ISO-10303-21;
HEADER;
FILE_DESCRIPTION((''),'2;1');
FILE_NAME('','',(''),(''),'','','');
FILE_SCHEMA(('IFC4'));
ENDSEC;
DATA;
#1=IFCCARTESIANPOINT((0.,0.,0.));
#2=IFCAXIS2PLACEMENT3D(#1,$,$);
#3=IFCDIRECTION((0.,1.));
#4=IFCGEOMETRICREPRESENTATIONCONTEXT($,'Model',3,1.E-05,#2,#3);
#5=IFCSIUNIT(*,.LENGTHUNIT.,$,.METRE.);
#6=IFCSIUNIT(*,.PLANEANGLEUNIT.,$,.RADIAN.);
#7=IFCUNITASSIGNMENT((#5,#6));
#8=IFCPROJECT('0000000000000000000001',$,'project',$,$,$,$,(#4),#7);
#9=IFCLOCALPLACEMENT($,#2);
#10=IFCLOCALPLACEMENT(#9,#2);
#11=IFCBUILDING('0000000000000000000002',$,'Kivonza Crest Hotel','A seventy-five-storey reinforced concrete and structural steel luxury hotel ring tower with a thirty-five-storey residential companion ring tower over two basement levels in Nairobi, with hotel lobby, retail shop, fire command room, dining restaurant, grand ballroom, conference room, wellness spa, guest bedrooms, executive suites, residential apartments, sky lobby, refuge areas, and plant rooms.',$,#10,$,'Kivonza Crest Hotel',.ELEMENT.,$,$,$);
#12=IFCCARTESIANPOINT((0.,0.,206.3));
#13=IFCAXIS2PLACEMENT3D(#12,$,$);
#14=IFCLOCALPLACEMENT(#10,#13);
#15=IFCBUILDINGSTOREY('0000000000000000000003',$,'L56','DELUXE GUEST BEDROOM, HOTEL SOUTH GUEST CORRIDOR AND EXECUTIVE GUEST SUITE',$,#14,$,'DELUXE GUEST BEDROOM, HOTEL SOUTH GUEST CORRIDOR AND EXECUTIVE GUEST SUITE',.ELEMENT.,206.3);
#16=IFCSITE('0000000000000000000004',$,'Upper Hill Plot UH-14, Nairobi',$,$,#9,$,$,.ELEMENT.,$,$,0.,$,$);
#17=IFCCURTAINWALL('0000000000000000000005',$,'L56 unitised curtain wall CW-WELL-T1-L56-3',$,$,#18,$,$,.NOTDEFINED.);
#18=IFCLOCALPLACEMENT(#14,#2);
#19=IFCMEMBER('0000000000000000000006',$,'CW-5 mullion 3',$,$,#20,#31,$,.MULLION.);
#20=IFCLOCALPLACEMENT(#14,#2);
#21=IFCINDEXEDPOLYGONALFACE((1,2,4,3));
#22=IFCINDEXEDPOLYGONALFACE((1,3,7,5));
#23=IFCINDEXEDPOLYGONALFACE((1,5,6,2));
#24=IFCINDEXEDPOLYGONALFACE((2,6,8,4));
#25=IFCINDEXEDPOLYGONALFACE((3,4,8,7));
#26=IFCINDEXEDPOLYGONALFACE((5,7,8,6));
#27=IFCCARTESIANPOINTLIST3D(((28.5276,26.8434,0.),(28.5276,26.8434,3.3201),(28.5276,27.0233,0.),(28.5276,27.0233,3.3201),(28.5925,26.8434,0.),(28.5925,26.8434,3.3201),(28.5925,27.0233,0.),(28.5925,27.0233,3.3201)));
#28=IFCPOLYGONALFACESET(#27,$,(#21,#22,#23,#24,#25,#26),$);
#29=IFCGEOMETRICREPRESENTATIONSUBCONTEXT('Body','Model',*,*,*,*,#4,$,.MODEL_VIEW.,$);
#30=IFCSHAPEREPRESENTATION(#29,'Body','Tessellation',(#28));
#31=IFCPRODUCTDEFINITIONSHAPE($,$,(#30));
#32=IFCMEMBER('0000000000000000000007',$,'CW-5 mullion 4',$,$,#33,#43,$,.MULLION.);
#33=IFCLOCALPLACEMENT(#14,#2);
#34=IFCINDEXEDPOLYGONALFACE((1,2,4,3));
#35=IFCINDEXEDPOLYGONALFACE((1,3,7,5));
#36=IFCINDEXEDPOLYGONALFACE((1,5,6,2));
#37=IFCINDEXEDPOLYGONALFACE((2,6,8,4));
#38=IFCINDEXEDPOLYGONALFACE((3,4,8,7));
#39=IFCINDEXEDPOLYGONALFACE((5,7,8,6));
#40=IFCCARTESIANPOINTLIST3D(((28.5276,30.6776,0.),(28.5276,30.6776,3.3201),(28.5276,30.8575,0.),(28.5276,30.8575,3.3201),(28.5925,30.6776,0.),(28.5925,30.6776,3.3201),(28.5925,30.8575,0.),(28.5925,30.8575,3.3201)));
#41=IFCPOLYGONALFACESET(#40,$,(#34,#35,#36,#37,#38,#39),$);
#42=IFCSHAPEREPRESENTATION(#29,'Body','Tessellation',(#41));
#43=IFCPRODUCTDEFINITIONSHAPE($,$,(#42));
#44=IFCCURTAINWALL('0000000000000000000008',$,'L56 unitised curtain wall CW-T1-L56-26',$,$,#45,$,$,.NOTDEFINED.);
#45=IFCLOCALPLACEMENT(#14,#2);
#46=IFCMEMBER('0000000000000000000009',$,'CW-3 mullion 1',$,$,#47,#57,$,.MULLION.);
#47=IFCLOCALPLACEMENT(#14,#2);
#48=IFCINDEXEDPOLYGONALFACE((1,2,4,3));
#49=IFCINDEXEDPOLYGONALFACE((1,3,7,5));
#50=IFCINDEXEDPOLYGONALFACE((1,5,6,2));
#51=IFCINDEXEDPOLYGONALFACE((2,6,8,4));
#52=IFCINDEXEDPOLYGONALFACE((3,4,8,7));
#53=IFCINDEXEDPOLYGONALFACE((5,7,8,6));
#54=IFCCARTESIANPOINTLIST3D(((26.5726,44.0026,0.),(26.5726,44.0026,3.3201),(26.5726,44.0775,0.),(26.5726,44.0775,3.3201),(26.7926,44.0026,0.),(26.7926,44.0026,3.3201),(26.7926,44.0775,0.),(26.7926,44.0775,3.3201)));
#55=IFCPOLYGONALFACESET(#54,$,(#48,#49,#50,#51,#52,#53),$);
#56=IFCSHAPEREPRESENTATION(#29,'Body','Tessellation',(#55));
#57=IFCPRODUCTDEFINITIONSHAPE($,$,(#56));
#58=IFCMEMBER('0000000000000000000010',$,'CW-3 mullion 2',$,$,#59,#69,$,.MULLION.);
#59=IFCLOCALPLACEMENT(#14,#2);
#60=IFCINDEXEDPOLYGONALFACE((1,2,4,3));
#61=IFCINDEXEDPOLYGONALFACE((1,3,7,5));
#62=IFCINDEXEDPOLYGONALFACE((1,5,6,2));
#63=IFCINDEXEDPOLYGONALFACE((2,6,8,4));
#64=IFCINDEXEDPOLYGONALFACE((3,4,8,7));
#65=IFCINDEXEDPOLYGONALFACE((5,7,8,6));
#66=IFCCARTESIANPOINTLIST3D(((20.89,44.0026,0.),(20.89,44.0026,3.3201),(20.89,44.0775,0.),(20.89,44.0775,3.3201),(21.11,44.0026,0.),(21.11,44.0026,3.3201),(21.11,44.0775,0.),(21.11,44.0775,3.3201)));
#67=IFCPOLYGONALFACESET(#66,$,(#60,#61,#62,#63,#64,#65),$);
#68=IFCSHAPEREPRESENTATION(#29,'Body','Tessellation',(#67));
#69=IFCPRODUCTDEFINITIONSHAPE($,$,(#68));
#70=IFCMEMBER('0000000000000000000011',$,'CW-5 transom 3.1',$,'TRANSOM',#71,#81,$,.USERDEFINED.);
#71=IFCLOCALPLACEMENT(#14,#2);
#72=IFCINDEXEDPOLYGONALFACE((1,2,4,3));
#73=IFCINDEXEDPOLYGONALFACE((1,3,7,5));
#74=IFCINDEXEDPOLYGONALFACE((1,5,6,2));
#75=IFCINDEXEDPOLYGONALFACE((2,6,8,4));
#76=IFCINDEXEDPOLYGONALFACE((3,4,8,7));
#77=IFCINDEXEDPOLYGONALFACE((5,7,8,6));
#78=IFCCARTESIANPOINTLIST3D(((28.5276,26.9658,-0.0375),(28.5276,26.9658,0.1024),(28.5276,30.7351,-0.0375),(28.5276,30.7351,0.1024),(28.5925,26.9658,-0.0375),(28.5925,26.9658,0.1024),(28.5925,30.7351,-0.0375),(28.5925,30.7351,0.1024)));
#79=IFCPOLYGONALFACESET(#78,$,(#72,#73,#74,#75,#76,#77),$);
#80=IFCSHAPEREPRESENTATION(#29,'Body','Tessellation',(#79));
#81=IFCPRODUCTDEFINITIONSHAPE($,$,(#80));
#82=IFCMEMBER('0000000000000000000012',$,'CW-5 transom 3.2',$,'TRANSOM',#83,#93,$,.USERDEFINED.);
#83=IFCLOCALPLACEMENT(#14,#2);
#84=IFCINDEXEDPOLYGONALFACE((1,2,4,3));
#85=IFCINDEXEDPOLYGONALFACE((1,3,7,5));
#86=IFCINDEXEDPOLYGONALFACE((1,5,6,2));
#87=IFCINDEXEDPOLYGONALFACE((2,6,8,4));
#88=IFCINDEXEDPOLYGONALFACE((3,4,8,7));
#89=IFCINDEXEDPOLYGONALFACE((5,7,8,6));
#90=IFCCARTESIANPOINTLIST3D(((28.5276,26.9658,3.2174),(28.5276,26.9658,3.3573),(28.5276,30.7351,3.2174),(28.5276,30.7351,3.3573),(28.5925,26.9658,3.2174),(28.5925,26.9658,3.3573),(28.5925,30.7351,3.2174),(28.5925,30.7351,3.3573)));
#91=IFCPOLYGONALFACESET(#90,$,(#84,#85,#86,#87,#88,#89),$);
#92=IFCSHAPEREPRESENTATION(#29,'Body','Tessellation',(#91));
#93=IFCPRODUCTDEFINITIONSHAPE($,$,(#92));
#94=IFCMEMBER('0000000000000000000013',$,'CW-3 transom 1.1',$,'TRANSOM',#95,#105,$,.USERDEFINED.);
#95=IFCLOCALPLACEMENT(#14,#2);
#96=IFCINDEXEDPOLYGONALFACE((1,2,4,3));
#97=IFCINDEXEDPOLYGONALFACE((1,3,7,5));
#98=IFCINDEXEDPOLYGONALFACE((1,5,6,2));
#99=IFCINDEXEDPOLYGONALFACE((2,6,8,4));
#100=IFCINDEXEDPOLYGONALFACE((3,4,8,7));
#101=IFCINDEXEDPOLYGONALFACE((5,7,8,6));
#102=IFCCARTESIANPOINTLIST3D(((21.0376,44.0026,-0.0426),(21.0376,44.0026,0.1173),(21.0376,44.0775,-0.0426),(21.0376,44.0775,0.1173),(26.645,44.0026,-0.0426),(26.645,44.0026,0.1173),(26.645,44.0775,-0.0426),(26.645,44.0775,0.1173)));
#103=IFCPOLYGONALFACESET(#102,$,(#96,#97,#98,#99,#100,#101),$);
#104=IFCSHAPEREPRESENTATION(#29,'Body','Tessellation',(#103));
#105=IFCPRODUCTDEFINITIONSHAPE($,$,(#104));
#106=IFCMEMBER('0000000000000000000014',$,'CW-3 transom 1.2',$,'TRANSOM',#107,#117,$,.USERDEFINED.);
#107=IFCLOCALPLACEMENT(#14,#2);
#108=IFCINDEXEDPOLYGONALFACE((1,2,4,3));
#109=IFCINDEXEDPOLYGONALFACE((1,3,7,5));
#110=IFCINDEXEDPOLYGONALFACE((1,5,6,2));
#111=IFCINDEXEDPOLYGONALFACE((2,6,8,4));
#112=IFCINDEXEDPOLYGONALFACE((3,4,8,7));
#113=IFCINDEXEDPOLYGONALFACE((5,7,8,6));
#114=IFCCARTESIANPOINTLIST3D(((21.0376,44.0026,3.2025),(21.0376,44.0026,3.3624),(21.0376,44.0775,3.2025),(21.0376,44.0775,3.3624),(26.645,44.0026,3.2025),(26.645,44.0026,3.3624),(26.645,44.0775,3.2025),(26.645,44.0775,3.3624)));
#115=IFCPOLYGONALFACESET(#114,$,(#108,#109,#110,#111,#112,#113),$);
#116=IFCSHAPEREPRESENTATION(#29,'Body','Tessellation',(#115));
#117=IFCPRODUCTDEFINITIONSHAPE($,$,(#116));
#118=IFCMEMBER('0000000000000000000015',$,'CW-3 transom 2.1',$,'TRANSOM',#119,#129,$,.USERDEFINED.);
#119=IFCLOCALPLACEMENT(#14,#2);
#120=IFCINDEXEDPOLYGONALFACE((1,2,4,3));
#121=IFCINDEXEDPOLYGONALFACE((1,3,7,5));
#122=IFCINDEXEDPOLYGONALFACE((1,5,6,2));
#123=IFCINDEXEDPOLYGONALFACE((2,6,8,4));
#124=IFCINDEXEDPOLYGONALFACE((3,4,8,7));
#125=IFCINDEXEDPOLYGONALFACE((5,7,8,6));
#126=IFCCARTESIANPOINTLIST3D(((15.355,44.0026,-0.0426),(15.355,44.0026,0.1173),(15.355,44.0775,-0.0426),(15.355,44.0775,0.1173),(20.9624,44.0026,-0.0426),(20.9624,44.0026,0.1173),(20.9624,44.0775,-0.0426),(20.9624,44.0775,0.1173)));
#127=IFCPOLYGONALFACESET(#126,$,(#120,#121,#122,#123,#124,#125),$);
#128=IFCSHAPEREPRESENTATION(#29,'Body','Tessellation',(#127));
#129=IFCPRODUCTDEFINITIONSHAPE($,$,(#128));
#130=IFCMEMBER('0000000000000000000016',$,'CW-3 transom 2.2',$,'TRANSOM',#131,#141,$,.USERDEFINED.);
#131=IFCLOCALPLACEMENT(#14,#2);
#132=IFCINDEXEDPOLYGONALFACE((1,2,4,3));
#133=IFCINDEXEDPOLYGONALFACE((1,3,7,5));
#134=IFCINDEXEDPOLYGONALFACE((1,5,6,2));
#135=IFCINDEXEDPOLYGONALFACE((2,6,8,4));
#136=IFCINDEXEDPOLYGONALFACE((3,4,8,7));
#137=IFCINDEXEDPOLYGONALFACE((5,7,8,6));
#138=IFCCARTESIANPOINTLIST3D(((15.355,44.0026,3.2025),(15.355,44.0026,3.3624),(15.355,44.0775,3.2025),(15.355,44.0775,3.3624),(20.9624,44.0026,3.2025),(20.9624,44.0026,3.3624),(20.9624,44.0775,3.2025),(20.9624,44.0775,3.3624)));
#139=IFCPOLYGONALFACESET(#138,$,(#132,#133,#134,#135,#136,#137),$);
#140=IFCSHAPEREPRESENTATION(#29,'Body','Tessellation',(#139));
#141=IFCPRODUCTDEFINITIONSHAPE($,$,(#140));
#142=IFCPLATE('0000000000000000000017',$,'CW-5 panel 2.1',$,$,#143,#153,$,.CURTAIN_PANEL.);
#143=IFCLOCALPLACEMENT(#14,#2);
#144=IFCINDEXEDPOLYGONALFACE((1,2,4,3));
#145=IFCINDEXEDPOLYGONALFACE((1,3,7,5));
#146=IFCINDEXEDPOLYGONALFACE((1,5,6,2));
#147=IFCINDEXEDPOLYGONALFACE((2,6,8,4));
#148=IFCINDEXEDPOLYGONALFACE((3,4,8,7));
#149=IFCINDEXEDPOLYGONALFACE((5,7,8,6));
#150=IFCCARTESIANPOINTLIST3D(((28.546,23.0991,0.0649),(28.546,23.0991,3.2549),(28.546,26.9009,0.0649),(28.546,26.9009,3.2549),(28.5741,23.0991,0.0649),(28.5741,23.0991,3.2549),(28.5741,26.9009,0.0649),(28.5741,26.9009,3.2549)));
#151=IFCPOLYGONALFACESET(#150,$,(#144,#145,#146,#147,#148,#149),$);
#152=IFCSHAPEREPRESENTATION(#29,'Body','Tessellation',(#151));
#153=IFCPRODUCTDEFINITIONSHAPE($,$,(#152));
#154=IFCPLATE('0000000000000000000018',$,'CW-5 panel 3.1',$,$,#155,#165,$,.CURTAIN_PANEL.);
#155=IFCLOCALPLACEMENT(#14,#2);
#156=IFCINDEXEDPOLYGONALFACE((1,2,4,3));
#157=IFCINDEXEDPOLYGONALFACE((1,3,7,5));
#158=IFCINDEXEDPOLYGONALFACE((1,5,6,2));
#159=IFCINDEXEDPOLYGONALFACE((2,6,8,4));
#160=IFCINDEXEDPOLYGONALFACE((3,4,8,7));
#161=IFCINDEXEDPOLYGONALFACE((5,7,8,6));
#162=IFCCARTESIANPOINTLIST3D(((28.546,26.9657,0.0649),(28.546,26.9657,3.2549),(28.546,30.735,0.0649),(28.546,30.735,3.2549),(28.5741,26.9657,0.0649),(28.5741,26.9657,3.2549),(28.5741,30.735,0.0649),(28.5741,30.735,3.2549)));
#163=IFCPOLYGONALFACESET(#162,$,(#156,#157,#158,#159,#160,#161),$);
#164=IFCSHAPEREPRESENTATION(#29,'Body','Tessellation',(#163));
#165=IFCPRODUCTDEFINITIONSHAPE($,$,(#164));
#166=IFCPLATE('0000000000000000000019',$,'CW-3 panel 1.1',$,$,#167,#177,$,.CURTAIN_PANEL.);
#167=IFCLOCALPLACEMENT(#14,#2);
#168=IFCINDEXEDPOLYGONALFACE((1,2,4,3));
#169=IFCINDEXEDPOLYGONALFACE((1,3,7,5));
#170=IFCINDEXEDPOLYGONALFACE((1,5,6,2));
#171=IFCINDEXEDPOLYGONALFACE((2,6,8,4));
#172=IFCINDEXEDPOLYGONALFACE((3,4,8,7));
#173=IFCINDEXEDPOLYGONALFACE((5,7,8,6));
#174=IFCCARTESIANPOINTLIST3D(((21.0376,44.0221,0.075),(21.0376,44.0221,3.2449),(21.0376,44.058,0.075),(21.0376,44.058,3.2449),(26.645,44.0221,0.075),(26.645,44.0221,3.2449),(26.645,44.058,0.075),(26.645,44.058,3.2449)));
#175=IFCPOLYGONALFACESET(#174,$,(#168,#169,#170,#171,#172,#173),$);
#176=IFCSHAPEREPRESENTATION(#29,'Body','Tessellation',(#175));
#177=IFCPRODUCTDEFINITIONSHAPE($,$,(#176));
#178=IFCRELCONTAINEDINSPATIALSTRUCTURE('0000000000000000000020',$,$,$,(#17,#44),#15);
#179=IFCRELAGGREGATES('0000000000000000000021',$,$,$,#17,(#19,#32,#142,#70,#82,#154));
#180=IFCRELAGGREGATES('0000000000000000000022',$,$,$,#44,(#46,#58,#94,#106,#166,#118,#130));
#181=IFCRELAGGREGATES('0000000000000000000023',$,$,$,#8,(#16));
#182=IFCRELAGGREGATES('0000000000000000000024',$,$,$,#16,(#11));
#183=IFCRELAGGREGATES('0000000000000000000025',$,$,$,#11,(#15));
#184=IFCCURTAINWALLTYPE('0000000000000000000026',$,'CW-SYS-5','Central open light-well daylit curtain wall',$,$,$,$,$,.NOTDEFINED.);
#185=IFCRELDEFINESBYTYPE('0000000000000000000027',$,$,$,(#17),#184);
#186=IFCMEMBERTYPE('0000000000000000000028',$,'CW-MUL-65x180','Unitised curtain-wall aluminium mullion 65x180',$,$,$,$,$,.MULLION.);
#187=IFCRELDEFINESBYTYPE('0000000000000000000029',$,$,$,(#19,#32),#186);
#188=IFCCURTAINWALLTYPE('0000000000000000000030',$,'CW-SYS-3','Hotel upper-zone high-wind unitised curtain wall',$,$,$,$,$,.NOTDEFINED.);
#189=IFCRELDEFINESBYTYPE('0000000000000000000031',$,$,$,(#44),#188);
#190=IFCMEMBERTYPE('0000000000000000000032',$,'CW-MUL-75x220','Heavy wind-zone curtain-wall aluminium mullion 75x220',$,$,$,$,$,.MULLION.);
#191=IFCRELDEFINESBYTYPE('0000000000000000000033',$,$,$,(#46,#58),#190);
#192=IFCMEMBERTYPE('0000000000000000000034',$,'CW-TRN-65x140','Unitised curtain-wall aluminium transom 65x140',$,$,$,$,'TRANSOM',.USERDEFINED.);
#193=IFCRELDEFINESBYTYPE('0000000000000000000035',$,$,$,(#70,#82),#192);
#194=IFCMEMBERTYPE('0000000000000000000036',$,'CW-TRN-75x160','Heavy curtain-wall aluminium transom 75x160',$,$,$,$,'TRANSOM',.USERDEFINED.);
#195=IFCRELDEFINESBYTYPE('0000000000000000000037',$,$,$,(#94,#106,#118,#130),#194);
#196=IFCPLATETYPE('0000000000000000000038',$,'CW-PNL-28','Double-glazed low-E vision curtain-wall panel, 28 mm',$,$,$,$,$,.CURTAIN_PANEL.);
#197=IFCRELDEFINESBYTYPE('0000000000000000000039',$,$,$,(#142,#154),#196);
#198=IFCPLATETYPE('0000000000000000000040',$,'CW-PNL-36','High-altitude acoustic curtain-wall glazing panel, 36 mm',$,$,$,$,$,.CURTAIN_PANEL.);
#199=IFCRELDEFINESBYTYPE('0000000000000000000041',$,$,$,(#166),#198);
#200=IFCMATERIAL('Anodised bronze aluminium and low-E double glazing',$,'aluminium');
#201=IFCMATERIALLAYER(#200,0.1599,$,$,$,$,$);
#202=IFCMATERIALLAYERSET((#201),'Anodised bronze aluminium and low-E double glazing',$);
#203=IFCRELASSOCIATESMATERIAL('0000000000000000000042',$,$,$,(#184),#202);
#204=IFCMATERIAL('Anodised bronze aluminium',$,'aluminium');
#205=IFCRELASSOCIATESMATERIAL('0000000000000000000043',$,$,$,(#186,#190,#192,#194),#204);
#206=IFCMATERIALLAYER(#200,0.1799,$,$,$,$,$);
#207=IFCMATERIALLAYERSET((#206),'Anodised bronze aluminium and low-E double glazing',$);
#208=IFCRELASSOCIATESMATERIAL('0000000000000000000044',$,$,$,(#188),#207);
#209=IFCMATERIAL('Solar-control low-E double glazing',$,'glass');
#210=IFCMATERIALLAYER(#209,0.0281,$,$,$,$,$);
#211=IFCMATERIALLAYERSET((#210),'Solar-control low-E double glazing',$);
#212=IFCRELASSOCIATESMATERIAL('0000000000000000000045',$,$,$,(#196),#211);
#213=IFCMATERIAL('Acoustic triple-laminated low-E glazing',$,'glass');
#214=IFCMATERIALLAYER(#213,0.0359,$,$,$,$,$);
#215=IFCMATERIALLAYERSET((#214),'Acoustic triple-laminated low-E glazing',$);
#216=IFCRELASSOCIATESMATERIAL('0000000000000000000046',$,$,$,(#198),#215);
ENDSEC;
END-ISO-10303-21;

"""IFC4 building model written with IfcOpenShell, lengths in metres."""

from ifc_helpers import new_model, si_unit, direction, frame, origin, origin_2d, place, context, subcontext, project, spatial, rectangle, extrude, material, layer, layer_set, material_profile, profile_set, type_object, element, aggregate, save


model = new_model("IFC4")

# Units and contexts
model_context = context("Model", 3, precision=1e-05, world=origin(), true_north=direction((0.0, 1.0)))
body_context = subcontext(model_context, "Body", "Model", "MODEL_VIEW")
ifc_project = project(units=[si_unit("LENGTHUNIT", "METRE"), si_unit("PLANEANGLEUNIT", "RADIAN")], contexts=[model_context])

# Site, building, storey
site_placement = place(None, origin())
site = spatial("IfcSite", under=ifc_project, at=site_placement, Name="Upper Hill Plot UH-14, Nairobi", CompositionType="ELEMENT", RefElevation=0.0)
building_placement = place(site_placement, origin())
building = spatial("IfcBuilding", under=site, at=building_placement, Name="Kivonza Crest Hotel", Description="A seventy-five-storey reinforced concrete and structural steel luxury hotel ring tower with a thirty-five-storey residential companion ring tower over two basement levels in Nairobi, with hotel lobby, retail shop, fire command room, dining restaurant, grand ballroom, conference room, wellness spa, guest bedrooms, executive suites, residential apartments, sky lobby, refuge areas, and plant rooms.", LongName="Kivonza Crest Hotel", CompositionType="ELEMENT")
storey_placement = place(building_placement, frame((0.0, 0.0, 206.3)))
storey = spatial("IfcBuildingStorey", under=building, at=storey_placement, Name="L56", Description="DELUXE GUEST BEDROOM, HOTEL SOUTH GUEST CORRIDOR AND EXECUTIVE GUEST SUITE", LongName="DELUXE GUEST BEDROOM, HOTEL SOUTH GUEST CORRIDOR AND EXECUTIVE GUEST SUITE", CompositionType="ELEMENT", Elevation=206.3)

# Curtain walls, members
ifc_material_1 = material(Name="Anodised bronze aluminium and low-E double glazing", Category="aluminium")
ifc_layer_1 = layer(ifc_material_1, 0.1599)
ifc_layer_set_1 = layer_set([ifc_layer_1], Name="Anodised bronze aluminium and low-E double glazing")
curtain_wall_type_1 = type_object("IfcCurtainWallType", Name="CW-SYS-5", Description="Central open light-well daylit curtain wall", PredefinedType="NOTDEFINED", material=ifc_layer_set_1)
curtain_wall_1_placement = place(storey_placement, origin())
curtain_wall_1 = element("IfcCurtainWall", 1, at=curtain_wall_1_placement, inside=storey, type_object=curtain_wall_type_1, Name="L56 unitised curtain wall CW-WELL-T1-L56-3", PredefinedType="NOTDEFINED")
ifc_material_2 = material(Name="Anodised bronze aluminium", Category="aluminium")
ifc_material_profile_1 = material_profile(ifc_material_2, rectangle(XDim=0.0649, YDim=0.1799, at=origin_2d()), Name="CW-M 65x180")
ifc_profile_set_1 = profile_set([ifc_material_profile_1], Name="Anodised bronze aluminium")
member_type_1 = type_object("IfcMemberType", Name="CW-MUL-65x180", Description="Unitised curtain-wall aluminium mullion 65x180", PredefinedType="MULLION", material=ifc_profile_set_1)
member_1_placement = place(storey_placement, frame((28.5601, 26.9333, 0.0), z_axis=(0.0, 0.0, 1.0), x_axis=(-1.0, 0.0, 0.0)))
member_1 = element("IfcMember", 2, at=member_1_placement, type_object=member_type_1, Name="CW-5 mullion 3", PredefinedType="MULLION", context=body_context, shape_type="SweptSolid", body=[
    extrude(rectangle(XDim=0.0649, YDim=0.1799, at=origin_2d()), origin(), (0.0, 0.0, 1.0), 3.3201),
])
member_2_placement = place(storey_placement, frame((28.5601, 30.7676, 0.0), z_axis=(0.0, 0.0, 1.0), x_axis=(-1.0, 0.0, 0.0)))
member_2 = element("IfcMember", 3, at=member_2_placement, type_object=member_type_1, Name="CW-5 mullion 4", PredefinedType="MULLION", context=body_context, shape_type="SweptSolid", body=[
    extrude(rectangle(XDim=0.0649, YDim=0.1799, at=origin_2d()), origin(), (0.0, 0.0, 1.0), 3.3201),
])
ifc_layer_2 = layer(ifc_material_1, 0.1799)
ifc_layer_set_2 = layer_set([ifc_layer_2], Name="Anodised bronze aluminium and low-E double glazing")
curtain_wall_type_2 = type_object("IfcCurtainWallType", Name="CW-SYS-3", Description="Hotel upper-zone high-wind unitised curtain wall", PredefinedType="NOTDEFINED", material=ifc_layer_set_2)
curtain_wall_2_placement = place(storey_placement, origin())
curtain_wall_2 = element("IfcCurtainWall", 4, at=curtain_wall_2_placement, inside=storey, type_object=curtain_wall_type_2, Name="L56 unitised curtain wall CW-T1-L56-26", PredefinedType="NOTDEFINED")
ifc_material_profile_2 = material_profile(ifc_material_2, rectangle(XDim=0.075, YDim=0.22, at=origin_2d()), Name="CW-M 75x220")
ifc_profile_set_2 = profile_set([ifc_material_profile_2], Name="Anodised bronze aluminium")
member_type_2 = type_object("IfcMemberType", Name="CW-MUL-75x220", Description="Heavy wind-zone curtain-wall aluminium mullion 75x220", PredefinedType="MULLION", material=ifc_profile_set_2)
member_3_placement = place(storey_placement, frame((26.6826, 44.04, 0.0), z_axis=(0.0, 0.0, 1.0), x_axis=(0.0, -1.0, 0.0)))
member_3 = element("IfcMember", 5, at=member_3_placement, type_object=member_type_2, Name="CW-3 mullion 1", PredefinedType="MULLION", context=body_context, shape_type="SweptSolid", body=[
    extrude(rectangle(XDim=0.075, YDim=0.22, at=origin_2d()), origin(), (0.0, 0.0, 1.0), 3.3201),
])
member_4_placement = place(storey_placement, frame((21.0, 44.04, 0.0), z_axis=(0.0, 0.0, 1.0), x_axis=(0.0, -1.0, 0.0)))
member_4 = element("IfcMember", 6, at=member_4_placement, type_object=member_type_2, Name="CW-3 mullion 2", PredefinedType="MULLION", context=body_context, shape_type="SweptSolid", body=[
    extrude(rectangle(XDim=0.075, YDim=0.22, at=origin_2d()), origin(), (0.0, 0.0, 1.0), 3.3201),
])

# Members
ifc_material_profile_3 = material_profile(ifc_material_2, rectangle(XDim=0.0649, YDim=0.1399, at=origin_2d()), Name="CW-T 65x140")
ifc_profile_set_3 = profile_set([ifc_material_profile_3], Name="Anodised bronze aluminium")
member_type_3 = type_object("IfcMemberType", Name="CW-TRN-65x140", Description="Unitised curtain-wall aluminium transom 65x140", ElementType="TRANSOM", PredefinedType="USERDEFINED", material=ifc_profile_set_3)
member_5_placement = place(storey_placement, frame((28.5601, 26.9658, 0.0325), z_axis=(0.0, 1.0, 0.0), x_axis=(-1.0, 0.0, 0.0)))
member_5 = element("IfcMember", 7, at=member_5_placement, type_object=member_type_3, Name="CW-5 transom 3.1", ObjectType="TRANSOM", PredefinedType="USERDEFINED", context=body_context, shape_type="SweptSolid", body=[
    extrude(rectangle(XDim=0.0649, YDim=0.1399, at=origin_2d()), origin(), (0.0, 0.0, 1.0), 3.7693),
])
member_6_placement = place(storey_placement, frame((28.5601, 26.9658, 3.2874), z_axis=(0.0, 1.0, 0.0), x_axis=(-1.0, 0.0, 0.0)))
member_6 = element("IfcMember", 8, at=member_6_placement, type_object=member_type_3, Name="CW-5 transom 3.2", ObjectType="TRANSOM", PredefinedType="USERDEFINED", context=body_context, shape_type="SweptSolid", body=[
    extrude(rectangle(XDim=0.0649, YDim=0.1399, at=origin_2d()), origin(), (0.0, 0.0, 1.0), 3.7693),
])
ifc_material_profile_4 = material_profile(ifc_material_2, rectangle(XDim=0.075, YDim=0.1599, at=origin_2d()), Name="CW-T 75x160")
ifc_profile_set_4 = profile_set([ifc_material_profile_4], Name="Anodised bronze aluminium")
member_type_4 = type_object("IfcMemberType", Name="CW-TRN-75x160", Description="Heavy curtain-wall aluminium transom 75x160", ElementType="TRANSOM", PredefinedType="USERDEFINED", material=ifc_profile_set_4)
member_7_placement = place(storey_placement, frame((26.645, 44.04, 0.0374), z_axis=(-1.0, 0.0, 0.0), x_axis=(0.0, -1.0, 0.0)))
member_7 = element("IfcMember", 9, at=member_7_placement, type_object=member_type_4, Name="CW-3 transom 1.1", ObjectType="TRANSOM", PredefinedType="USERDEFINED", context=body_context, shape_type="SweptSolid", body=[
    extrude(rectangle(XDim=0.075, YDim=0.1599, at=origin_2d()), origin(), (0.0, 0.0, 1.0), 5.6074),
])
member_8_placement = place(storey_placement, frame((26.645, 44.04, 3.2825), z_axis=(-1.0, 0.0, 0.0), x_axis=(0.0, -1.0, 0.0)))
member_8 = element("IfcMember", 10, at=member_8_placement, type_object=member_type_4, Name="CW-3 transom 1.2", ObjectType="TRANSOM", PredefinedType="USERDEFINED", context=body_context, shape_type="SweptSolid", body=[
    extrude(rectangle(XDim=0.075, YDim=0.1599, at=origin_2d()), origin(), (0.0, 0.0, 1.0), 5.6074),
])
member_9_placement = place(storey_placement, frame((20.9624, 44.04, 0.0374), z_axis=(-1.0, 0.0, 0.0), x_axis=(0.0, -1.0, 0.0)))
member_9 = element("IfcMember", 11, at=member_9_placement, type_object=member_type_4, Name="CW-3 transom 2.1", ObjectType="TRANSOM", PredefinedType="USERDEFINED", context=body_context, shape_type="SweptSolid", body=[
    extrude(rectangle(XDim=0.075, YDim=0.1599, at=origin_2d()), origin(), (0.0, 0.0, 1.0), 5.6074),
])
member_10_placement = place(storey_placement, frame((20.9624, 44.04, 3.2825), z_axis=(-1.0, 0.0, 0.0), x_axis=(0.0, -1.0, 0.0)))
member_10 = element("IfcMember", 12, at=member_10_placement, type_object=member_type_4, Name="CW-3 transom 2.2", ObjectType="TRANSOM", PredefinedType="USERDEFINED", context=body_context, shape_type="SweptSolid", body=[
    extrude(rectangle(XDim=0.075, YDim=0.1599, at=origin_2d()), origin(), (0.0, 0.0, 1.0), 5.6074),
])

# Plates
ifc_material_3 = material(Name="Solar-control low-E double glazing", Category="glass")
ifc_layer_3 = layer(ifc_material_3, 0.0281)
ifc_layer_set_3 = layer_set([ifc_layer_3], Name="Solar-control low-E double glazing")
plate_type_1 = type_object("IfcPlateType", Name="CW-PNL-28", Description="Double-glazed low-E vision curtain-wall panel, 28 mm", PredefinedType="CURTAIN_PANEL", material=ifc_layer_set_3)
plate_1_placement = place(storey_placement, frame((28.5601, 25.0, 0.0649), z_axis=(0.0, 0.0, 1.0), x_axis=(0.0, 1.0, 0.0)))
plate_1 = element("IfcPlate", 13, at=plate_1_placement, type_object=plate_type_1, Name="CW-5 panel 2.1", PredefinedType="CURTAIN_PANEL", context=body_context, shape_type="SweptSolid", body=[
    extrude(rectangle(XDim=3.8018, YDim=0.0281, at=origin_2d()), origin(), (0.0, 0.0, 1.0), 3.1899),
])
plate_2_placement = place(storey_placement, frame((28.5601, 28.8503, 0.0649), z_axis=(0.0, 0.0, 1.0), x_axis=(0.0, 1.0, 0.0)))
plate_2 = element("IfcPlate", 14, at=plate_2_placement, type_object=plate_type_1, Name="CW-5 panel 3.1", PredefinedType="CURTAIN_PANEL", context=body_context, shape_type="SweptSolid", body=[
    extrude(rectangle(XDim=3.7693, YDim=0.0281, at=origin_2d()), origin(), (0.0, 0.0, 1.0), 3.1899),
])
aggregate(curtain_wall_1, [member_1, member_2, plate_1, member_5, member_6, plate_2])
ifc_material_4 = material(Name="Acoustic triple-laminated low-E glazing", Category="glass")
ifc_layer_4 = layer(ifc_material_4, 0.0359)
ifc_layer_set_4 = layer_set([ifc_layer_4], Name="Acoustic triple-laminated low-E glazing")
plate_type_2 = type_object("IfcPlateType", Name="CW-PNL-36", Description="High-altitude acoustic curtain-wall glazing panel, 36 mm", PredefinedType="CURTAIN_PANEL", material=ifc_layer_set_4)
plate_3_placement = place(storey_placement, frame((23.8413, 44.04, 0.075), z_axis=(0.0, 0.0, 1.0), x_axis=(-1.0, 0.0, 0.0)))
plate_3 = element("IfcPlate", 15, at=plate_3_placement, type_object=plate_type_2, Name="CW-3 panel 1.1", PredefinedType="CURTAIN_PANEL", context=body_context, shape_type="SweptSolid", body=[
    extrude(rectangle(XDim=5.6074, YDim=0.0359, at=origin_2d()), origin(), (0.0, 0.0, 1.0), 3.1699),
])
aggregate(curtain_wall_2, [member_3, member_4, member_7, member_8, plate_3, member_9, member_10])

save(model, "model.ifc")
